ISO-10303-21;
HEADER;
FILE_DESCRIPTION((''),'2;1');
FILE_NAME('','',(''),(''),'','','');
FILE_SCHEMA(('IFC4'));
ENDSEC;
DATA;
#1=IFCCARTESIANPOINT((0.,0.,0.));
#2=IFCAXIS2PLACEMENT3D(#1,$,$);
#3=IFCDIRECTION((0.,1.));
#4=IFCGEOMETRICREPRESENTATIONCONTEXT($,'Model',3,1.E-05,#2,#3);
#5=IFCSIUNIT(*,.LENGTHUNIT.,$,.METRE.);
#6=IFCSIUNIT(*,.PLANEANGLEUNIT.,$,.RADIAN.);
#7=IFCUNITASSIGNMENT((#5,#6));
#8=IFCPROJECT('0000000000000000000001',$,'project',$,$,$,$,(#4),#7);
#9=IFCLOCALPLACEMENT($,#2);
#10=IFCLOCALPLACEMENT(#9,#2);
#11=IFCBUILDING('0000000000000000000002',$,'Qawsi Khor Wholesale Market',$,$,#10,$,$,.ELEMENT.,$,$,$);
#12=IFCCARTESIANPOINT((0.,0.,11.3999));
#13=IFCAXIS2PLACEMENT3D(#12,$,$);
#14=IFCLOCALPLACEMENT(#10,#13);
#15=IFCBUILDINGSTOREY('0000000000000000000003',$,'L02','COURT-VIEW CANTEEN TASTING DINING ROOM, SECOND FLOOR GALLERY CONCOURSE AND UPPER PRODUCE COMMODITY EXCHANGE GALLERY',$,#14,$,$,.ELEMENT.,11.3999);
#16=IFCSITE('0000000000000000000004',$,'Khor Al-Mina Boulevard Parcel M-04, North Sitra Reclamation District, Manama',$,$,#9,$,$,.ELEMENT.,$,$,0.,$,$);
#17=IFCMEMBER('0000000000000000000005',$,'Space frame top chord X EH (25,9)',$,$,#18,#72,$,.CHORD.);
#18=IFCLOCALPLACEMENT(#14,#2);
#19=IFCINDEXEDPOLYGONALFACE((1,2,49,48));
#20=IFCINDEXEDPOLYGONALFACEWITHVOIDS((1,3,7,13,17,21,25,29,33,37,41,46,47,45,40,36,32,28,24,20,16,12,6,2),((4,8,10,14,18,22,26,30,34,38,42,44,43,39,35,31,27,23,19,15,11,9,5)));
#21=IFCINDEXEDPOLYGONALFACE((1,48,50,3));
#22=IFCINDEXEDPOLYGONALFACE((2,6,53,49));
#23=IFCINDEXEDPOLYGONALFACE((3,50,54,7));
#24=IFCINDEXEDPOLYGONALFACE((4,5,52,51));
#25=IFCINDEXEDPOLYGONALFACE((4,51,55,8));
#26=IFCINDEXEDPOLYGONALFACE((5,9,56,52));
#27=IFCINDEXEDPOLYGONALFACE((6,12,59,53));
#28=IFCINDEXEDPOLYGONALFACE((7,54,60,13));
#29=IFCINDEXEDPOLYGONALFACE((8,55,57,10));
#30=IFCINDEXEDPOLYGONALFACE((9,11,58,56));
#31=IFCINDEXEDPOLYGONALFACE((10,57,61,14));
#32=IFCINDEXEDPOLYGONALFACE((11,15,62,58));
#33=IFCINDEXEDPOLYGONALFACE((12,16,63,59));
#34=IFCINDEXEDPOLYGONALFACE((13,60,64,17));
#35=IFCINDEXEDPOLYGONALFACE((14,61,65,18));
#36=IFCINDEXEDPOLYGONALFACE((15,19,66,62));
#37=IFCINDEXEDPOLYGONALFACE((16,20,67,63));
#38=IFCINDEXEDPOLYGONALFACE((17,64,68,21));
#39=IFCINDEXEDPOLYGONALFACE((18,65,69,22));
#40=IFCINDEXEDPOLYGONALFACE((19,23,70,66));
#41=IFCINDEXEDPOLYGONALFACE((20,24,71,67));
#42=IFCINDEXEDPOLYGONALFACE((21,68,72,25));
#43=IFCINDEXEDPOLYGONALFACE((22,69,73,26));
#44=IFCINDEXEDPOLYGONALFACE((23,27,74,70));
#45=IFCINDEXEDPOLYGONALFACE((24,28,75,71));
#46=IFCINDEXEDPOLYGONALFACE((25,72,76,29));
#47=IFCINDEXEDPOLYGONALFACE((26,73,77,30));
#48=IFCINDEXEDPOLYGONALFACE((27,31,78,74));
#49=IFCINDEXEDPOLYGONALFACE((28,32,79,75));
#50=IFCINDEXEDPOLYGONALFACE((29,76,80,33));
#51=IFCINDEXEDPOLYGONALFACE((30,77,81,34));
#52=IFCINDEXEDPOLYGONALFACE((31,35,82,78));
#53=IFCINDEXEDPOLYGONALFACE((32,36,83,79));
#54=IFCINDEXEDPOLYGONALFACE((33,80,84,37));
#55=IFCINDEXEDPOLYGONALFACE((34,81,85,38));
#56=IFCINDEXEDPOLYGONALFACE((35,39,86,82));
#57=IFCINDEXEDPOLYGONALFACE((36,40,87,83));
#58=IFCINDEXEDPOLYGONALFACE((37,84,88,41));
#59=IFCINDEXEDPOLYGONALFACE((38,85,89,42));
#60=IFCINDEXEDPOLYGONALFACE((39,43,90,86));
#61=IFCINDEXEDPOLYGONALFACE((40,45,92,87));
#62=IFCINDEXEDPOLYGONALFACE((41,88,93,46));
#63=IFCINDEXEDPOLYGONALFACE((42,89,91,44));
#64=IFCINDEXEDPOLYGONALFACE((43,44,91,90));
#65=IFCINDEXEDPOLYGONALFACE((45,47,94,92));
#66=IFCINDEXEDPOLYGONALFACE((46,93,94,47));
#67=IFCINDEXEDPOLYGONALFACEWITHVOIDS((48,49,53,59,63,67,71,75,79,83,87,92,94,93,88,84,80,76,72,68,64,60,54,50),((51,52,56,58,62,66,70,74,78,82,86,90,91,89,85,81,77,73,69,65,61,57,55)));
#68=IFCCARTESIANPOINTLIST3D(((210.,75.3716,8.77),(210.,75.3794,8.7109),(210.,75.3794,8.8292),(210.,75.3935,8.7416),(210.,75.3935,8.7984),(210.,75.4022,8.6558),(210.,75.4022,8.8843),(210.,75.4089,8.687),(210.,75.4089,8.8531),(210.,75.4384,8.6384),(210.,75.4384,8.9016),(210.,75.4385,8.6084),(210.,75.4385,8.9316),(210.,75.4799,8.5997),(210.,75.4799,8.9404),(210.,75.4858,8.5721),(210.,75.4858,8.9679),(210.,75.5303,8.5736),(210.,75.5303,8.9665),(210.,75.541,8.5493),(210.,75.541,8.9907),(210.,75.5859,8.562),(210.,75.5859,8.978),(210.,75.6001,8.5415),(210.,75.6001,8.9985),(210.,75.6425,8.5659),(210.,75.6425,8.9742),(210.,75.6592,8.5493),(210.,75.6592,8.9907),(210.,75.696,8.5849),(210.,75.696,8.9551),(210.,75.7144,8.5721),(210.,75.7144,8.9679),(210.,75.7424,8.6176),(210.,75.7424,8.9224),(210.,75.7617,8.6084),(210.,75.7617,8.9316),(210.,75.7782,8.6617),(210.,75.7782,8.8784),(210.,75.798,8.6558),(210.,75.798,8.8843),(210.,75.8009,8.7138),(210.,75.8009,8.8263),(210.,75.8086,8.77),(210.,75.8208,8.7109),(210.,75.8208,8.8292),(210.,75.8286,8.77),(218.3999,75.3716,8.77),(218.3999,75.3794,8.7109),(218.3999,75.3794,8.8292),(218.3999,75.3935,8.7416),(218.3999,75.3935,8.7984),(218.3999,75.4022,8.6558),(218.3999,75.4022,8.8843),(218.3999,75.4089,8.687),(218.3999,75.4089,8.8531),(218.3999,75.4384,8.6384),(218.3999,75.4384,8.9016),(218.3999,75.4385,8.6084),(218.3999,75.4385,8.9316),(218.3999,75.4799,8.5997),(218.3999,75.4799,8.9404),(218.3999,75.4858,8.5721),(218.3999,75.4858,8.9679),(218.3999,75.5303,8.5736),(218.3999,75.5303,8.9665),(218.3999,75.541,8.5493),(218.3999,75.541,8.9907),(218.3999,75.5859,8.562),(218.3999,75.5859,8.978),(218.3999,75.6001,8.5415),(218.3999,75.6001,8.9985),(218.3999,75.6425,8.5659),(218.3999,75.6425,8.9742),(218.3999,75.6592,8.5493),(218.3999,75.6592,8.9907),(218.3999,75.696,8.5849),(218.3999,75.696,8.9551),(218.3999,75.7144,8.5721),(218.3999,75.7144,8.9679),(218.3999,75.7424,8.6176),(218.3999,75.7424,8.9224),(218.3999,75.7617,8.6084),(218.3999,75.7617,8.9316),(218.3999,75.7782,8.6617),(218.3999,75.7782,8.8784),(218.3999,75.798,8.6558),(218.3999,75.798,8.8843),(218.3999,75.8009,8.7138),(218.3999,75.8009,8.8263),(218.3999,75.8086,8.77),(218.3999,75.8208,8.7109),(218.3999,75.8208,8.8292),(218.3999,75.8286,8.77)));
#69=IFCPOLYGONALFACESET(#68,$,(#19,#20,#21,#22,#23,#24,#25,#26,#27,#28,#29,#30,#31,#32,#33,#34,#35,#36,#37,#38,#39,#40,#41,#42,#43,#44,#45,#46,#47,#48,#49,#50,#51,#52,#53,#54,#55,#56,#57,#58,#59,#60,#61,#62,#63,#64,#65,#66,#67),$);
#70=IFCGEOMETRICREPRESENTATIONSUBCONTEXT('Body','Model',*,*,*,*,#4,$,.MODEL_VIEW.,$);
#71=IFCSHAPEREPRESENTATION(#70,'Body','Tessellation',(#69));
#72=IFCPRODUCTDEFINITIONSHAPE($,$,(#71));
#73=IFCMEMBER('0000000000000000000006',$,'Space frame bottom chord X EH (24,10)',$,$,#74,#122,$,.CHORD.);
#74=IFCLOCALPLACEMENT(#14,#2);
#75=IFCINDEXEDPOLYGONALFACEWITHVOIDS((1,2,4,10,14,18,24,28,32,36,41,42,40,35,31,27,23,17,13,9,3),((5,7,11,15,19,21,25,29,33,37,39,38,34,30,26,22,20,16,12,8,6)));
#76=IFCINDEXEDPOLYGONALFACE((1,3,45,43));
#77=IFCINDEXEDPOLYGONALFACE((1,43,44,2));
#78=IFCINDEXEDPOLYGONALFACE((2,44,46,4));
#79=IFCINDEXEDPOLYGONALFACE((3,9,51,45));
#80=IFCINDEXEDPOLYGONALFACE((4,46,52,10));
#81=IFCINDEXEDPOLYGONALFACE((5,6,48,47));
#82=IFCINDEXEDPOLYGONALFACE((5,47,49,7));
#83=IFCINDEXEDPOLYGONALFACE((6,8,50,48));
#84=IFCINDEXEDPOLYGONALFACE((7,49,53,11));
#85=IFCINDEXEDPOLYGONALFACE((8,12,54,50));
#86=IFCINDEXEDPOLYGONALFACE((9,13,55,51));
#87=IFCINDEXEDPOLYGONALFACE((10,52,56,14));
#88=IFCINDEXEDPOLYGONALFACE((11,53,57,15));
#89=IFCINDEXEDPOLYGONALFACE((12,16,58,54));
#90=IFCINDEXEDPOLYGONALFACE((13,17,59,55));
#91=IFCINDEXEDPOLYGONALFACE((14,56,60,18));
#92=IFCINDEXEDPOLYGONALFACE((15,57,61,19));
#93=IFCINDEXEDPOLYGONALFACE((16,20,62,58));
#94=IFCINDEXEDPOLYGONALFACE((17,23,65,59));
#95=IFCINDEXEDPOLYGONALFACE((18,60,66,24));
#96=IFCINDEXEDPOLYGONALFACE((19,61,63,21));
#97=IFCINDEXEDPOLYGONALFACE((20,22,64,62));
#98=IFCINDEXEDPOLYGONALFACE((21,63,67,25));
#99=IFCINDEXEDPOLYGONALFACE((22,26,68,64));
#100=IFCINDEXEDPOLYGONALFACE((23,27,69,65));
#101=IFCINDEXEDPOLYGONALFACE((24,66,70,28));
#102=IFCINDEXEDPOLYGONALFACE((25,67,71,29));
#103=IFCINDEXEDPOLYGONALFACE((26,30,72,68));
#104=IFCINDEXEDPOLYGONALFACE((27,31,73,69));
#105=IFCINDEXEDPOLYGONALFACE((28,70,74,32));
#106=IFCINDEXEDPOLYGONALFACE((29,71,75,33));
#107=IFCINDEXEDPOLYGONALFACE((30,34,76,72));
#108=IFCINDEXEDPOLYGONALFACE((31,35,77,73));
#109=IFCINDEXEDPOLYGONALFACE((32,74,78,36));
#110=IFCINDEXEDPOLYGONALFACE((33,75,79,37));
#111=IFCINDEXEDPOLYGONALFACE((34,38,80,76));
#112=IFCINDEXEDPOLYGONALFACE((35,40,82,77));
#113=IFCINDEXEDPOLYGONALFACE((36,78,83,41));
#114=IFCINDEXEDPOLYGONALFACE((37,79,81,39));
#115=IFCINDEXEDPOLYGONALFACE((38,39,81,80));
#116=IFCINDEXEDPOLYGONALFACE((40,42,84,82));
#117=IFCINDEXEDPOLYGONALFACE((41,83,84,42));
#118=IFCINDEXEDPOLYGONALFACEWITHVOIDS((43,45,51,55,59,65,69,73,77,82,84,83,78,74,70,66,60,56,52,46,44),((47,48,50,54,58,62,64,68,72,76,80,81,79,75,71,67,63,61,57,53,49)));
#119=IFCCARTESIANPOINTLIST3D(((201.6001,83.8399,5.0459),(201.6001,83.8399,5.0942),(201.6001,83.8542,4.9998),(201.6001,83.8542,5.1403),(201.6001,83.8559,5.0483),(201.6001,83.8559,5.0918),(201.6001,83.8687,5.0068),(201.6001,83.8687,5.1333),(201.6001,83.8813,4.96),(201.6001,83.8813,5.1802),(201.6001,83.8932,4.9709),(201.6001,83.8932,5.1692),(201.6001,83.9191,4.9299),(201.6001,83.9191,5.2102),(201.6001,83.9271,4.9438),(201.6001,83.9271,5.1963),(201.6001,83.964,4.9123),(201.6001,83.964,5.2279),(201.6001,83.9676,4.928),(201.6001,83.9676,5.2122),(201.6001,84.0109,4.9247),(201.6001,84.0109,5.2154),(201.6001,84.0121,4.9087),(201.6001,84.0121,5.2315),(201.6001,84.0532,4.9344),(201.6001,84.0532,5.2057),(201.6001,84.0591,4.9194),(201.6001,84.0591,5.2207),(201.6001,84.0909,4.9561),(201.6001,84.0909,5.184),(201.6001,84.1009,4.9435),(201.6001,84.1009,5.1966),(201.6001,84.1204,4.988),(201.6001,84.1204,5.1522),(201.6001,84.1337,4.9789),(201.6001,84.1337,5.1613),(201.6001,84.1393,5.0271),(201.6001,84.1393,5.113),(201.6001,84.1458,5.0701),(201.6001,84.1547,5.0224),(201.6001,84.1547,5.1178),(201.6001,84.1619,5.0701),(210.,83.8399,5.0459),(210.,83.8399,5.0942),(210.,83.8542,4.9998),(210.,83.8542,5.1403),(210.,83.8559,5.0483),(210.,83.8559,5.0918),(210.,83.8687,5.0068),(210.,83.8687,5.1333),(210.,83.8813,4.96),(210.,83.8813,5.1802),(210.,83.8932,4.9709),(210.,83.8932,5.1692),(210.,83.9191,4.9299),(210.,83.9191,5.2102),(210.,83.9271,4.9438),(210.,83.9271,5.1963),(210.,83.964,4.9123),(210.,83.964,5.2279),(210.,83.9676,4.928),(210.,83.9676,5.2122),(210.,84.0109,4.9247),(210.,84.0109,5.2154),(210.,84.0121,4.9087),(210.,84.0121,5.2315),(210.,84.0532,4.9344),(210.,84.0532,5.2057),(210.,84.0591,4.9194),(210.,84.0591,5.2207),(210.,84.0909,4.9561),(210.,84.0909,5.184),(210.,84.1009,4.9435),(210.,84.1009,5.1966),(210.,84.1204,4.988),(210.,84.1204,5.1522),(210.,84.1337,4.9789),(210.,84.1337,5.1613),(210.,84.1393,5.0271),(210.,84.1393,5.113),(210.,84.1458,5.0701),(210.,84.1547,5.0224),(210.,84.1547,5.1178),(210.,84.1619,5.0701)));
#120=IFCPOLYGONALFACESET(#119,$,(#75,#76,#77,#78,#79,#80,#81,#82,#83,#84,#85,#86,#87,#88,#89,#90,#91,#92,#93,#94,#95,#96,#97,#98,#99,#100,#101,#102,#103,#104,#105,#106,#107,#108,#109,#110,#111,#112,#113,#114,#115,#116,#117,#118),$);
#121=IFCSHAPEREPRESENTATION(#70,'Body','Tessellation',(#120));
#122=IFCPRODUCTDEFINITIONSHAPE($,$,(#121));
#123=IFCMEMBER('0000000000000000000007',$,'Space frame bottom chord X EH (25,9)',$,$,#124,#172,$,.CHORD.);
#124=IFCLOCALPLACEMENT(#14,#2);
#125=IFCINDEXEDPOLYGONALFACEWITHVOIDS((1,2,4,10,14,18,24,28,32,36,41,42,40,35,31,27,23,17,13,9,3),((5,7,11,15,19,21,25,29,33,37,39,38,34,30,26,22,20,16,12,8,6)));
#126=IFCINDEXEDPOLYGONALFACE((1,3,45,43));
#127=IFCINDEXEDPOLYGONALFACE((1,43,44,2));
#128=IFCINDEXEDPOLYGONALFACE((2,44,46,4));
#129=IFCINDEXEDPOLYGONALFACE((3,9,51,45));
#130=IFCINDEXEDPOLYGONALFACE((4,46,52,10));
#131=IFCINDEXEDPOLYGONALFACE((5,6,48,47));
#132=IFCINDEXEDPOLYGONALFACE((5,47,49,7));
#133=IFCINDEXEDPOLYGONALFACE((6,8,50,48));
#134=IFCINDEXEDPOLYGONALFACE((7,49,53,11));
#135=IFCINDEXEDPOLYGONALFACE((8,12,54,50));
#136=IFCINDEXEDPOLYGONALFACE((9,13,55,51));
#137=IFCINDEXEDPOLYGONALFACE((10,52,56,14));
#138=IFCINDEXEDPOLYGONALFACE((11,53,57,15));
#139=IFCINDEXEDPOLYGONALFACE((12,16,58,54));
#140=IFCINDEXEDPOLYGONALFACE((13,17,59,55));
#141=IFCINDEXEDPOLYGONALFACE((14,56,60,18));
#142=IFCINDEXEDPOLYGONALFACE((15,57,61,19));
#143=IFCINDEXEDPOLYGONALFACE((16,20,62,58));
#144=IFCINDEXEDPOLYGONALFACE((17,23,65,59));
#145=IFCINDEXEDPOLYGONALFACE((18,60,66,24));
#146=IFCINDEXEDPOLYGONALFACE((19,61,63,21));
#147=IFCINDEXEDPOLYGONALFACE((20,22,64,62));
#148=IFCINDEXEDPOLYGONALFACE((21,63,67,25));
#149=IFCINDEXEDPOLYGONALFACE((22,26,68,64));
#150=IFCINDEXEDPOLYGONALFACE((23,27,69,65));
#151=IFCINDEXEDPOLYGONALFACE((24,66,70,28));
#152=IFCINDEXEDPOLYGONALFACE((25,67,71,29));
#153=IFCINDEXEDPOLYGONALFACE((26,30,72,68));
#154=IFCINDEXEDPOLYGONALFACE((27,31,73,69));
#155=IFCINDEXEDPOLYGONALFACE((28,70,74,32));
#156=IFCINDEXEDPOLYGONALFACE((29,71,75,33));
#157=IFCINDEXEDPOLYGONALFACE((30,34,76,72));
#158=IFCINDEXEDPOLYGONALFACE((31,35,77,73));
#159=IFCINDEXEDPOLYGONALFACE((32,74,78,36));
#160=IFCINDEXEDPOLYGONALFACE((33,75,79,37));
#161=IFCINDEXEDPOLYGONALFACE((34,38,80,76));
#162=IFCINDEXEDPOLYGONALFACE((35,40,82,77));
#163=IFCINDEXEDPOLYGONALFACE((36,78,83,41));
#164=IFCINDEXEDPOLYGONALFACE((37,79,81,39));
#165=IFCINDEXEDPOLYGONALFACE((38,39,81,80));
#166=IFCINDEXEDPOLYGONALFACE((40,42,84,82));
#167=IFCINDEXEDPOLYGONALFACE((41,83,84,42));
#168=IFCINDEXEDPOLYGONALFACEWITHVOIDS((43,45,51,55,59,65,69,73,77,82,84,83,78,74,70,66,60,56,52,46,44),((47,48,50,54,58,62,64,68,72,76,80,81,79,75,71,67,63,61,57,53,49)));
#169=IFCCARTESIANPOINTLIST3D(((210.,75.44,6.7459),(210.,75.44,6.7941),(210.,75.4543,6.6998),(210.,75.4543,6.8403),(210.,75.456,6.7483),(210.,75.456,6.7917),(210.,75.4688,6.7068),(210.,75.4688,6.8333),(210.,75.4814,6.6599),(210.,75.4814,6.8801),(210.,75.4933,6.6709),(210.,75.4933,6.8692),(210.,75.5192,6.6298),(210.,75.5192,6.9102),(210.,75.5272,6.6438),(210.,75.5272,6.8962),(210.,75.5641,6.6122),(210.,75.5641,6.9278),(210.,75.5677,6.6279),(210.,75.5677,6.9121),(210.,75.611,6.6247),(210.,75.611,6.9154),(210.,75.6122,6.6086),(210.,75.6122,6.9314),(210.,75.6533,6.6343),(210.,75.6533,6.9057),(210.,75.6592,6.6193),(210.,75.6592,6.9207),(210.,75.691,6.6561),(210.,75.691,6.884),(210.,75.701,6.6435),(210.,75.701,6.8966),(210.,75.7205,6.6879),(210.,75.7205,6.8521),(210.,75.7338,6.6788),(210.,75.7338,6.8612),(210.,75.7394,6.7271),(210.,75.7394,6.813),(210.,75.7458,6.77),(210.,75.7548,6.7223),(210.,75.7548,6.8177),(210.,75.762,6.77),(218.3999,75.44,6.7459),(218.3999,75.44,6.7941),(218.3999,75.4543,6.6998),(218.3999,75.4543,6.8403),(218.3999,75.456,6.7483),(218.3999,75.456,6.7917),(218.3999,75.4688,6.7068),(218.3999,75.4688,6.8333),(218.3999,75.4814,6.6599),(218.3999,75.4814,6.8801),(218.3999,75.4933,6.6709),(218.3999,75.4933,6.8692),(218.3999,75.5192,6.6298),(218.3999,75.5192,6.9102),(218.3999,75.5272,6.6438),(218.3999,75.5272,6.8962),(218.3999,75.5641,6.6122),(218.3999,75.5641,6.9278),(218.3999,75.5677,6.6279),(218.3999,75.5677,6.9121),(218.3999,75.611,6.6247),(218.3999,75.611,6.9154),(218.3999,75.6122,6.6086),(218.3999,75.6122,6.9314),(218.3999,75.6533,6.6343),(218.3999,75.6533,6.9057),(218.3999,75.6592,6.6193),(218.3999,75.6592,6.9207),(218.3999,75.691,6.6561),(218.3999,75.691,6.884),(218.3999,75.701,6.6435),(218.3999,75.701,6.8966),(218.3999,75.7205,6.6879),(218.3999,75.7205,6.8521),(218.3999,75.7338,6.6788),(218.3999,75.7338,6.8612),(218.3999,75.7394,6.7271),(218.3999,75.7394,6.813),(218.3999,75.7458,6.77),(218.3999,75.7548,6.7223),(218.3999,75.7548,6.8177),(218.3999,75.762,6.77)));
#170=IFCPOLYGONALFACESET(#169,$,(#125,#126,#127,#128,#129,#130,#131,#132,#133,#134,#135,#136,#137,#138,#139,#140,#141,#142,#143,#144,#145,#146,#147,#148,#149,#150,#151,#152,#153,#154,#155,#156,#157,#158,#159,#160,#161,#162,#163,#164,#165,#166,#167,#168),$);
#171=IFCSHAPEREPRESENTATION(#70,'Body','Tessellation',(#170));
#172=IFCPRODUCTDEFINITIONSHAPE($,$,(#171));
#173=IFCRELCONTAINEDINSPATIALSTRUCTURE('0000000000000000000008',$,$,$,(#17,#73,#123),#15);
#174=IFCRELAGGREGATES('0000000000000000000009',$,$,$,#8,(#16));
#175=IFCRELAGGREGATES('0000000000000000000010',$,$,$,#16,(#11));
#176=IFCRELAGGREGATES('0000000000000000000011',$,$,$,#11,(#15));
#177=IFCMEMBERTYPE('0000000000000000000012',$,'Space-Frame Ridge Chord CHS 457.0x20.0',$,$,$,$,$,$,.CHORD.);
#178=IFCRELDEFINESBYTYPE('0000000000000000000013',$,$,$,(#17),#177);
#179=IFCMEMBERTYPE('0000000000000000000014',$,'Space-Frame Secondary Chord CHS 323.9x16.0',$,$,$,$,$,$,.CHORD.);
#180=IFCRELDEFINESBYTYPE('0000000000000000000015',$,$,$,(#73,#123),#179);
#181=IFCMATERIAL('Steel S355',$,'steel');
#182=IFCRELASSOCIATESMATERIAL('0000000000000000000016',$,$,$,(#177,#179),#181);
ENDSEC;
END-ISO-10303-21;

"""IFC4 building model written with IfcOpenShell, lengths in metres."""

from ifc_helpers import new_model, si_unit, direction, frame, origin, origin_2d, place, context, subcontext, project, spatial, hollow_circle, extrude, material, material_profile, profile_set, type_object, element, save


model = new_model("IFC4")

# Units and contexts
model_context = context("Model", 3, precision=1e-05, world=origin(), true_north=direction((0.0, 1.0)))
body_context = subcontext(model_context, "Body", "Model", "MODEL_VIEW")
ifc_project = project(units=[si_unit("LENGTHUNIT", "METRE"), si_unit("PLANEANGLEUNIT", "RADIAN")], contexts=[model_context])

# Site, building, storey
site_placement = place(None, origin())
site = spatial("IfcSite", under=ifc_project, at=site_placement, Name="Khor Al-Mina Boulevard Parcel M-04, North Sitra Reclamation District, Manama", CompositionType="ELEMENT", RefElevation=0.0)
building_placement = place(site_placement, origin())
building = spatial("IfcBuilding", under=site, at=building_placement, Name="Qawsi Khor Wholesale Market", CompositionType="ELEMENT")
storey_placement = place(building_placement, frame((0.0, 0.0, 11.3999)))
storey = spatial("IfcBuildingStorey", under=building, at=storey_placement, Name="L02", Description="COURT-VIEW CANTEEN TASTING DINING ROOM, SECOND FLOOR GALLERY CONCOURSE AND UPPER PRODUCE COMMODITY EXCHANGE GALLERY", CompositionType="ELEMENT", Elevation=11.3999)

# Members
ifc_material_1 = material(Name="Steel S355", Category="steel")
ifc_material_profile_1 = material_profile(ifc_material_1, hollow_circle(Radius=0.2285, WallThickness=0.02, at=origin_2d()), Name="CHS 457.0x20.0")
ifc_profile_set_1 = profile_set([ifc_material_profile_1], Name="Steel S355")
member_type_1 = type_object("IfcMemberType", Name="Space-Frame Ridge Chord CHS 457.0x20.0", PredefinedType="CHORD", material=ifc_profile_set_1)
member_1_placement = place(storey_placement, frame((210.0, 75.6001, 8.77), z_axis=(1.0, 0.0, 0.0), x_axis=(0.0, 1.0, 0.0)))
element("IfcMember", 1, at=member_1_placement, inside=storey, type_object=member_type_1, Name="Space frame top chord X EH (25,9)", PredefinedType="CHORD", context=body_context, shape_type="SweptSolid", body=[
    extrude(hollow_circle(Radius=0.2285, WallThickness=0.02, at=origin_2d()), origin(), (0.0, 0.0, 1.0), 8.3999),
])
ifc_material_profile_2 = material_profile(ifc_material_1, hollow_circle(Radius=0.1619, WallThickness=0.0161, at=origin_2d()), Name="CHS 323.9x16.0")
ifc_profile_set_2 = profile_set([ifc_material_profile_2], Name="Steel S355")
member_type_2 = type_object("IfcMemberType", Name="Space-Frame Secondary Chord CHS 323.9x16.0", PredefinedType="CHORD", material=ifc_profile_set_2)
for number, where, z_axis, x_axis, name in (
    (2, (201.6001, 84.0, 5.0701), (1.0, 0.0, 0.0), (0.0, 1.0, 0.0), "Space frame bottom chord X EH (24,10)"),
    (3, (210.0, 75.6001, 6.77), (1.0, 0.0, 0.0), (0.0, 1.0, 0.0), "Space frame bottom chord X EH (25,9)"),
):
    element("IfcMember", number, at=place(storey_placement, frame(where, z_axis=z_axis, x_axis=x_axis)), inside=storey, type_object=member_type_2, Name=name, PredefinedType="CHORD", context=body_context, shape_type="SweptSolid", body=[
        extrude(hollow_circle(Radius=0.1619, WallThickness=0.0161, at=origin_2d()), origin(), (0.0, 0.0, 1.0), 8.3999),
    ])

save(model, "model.ifc")
